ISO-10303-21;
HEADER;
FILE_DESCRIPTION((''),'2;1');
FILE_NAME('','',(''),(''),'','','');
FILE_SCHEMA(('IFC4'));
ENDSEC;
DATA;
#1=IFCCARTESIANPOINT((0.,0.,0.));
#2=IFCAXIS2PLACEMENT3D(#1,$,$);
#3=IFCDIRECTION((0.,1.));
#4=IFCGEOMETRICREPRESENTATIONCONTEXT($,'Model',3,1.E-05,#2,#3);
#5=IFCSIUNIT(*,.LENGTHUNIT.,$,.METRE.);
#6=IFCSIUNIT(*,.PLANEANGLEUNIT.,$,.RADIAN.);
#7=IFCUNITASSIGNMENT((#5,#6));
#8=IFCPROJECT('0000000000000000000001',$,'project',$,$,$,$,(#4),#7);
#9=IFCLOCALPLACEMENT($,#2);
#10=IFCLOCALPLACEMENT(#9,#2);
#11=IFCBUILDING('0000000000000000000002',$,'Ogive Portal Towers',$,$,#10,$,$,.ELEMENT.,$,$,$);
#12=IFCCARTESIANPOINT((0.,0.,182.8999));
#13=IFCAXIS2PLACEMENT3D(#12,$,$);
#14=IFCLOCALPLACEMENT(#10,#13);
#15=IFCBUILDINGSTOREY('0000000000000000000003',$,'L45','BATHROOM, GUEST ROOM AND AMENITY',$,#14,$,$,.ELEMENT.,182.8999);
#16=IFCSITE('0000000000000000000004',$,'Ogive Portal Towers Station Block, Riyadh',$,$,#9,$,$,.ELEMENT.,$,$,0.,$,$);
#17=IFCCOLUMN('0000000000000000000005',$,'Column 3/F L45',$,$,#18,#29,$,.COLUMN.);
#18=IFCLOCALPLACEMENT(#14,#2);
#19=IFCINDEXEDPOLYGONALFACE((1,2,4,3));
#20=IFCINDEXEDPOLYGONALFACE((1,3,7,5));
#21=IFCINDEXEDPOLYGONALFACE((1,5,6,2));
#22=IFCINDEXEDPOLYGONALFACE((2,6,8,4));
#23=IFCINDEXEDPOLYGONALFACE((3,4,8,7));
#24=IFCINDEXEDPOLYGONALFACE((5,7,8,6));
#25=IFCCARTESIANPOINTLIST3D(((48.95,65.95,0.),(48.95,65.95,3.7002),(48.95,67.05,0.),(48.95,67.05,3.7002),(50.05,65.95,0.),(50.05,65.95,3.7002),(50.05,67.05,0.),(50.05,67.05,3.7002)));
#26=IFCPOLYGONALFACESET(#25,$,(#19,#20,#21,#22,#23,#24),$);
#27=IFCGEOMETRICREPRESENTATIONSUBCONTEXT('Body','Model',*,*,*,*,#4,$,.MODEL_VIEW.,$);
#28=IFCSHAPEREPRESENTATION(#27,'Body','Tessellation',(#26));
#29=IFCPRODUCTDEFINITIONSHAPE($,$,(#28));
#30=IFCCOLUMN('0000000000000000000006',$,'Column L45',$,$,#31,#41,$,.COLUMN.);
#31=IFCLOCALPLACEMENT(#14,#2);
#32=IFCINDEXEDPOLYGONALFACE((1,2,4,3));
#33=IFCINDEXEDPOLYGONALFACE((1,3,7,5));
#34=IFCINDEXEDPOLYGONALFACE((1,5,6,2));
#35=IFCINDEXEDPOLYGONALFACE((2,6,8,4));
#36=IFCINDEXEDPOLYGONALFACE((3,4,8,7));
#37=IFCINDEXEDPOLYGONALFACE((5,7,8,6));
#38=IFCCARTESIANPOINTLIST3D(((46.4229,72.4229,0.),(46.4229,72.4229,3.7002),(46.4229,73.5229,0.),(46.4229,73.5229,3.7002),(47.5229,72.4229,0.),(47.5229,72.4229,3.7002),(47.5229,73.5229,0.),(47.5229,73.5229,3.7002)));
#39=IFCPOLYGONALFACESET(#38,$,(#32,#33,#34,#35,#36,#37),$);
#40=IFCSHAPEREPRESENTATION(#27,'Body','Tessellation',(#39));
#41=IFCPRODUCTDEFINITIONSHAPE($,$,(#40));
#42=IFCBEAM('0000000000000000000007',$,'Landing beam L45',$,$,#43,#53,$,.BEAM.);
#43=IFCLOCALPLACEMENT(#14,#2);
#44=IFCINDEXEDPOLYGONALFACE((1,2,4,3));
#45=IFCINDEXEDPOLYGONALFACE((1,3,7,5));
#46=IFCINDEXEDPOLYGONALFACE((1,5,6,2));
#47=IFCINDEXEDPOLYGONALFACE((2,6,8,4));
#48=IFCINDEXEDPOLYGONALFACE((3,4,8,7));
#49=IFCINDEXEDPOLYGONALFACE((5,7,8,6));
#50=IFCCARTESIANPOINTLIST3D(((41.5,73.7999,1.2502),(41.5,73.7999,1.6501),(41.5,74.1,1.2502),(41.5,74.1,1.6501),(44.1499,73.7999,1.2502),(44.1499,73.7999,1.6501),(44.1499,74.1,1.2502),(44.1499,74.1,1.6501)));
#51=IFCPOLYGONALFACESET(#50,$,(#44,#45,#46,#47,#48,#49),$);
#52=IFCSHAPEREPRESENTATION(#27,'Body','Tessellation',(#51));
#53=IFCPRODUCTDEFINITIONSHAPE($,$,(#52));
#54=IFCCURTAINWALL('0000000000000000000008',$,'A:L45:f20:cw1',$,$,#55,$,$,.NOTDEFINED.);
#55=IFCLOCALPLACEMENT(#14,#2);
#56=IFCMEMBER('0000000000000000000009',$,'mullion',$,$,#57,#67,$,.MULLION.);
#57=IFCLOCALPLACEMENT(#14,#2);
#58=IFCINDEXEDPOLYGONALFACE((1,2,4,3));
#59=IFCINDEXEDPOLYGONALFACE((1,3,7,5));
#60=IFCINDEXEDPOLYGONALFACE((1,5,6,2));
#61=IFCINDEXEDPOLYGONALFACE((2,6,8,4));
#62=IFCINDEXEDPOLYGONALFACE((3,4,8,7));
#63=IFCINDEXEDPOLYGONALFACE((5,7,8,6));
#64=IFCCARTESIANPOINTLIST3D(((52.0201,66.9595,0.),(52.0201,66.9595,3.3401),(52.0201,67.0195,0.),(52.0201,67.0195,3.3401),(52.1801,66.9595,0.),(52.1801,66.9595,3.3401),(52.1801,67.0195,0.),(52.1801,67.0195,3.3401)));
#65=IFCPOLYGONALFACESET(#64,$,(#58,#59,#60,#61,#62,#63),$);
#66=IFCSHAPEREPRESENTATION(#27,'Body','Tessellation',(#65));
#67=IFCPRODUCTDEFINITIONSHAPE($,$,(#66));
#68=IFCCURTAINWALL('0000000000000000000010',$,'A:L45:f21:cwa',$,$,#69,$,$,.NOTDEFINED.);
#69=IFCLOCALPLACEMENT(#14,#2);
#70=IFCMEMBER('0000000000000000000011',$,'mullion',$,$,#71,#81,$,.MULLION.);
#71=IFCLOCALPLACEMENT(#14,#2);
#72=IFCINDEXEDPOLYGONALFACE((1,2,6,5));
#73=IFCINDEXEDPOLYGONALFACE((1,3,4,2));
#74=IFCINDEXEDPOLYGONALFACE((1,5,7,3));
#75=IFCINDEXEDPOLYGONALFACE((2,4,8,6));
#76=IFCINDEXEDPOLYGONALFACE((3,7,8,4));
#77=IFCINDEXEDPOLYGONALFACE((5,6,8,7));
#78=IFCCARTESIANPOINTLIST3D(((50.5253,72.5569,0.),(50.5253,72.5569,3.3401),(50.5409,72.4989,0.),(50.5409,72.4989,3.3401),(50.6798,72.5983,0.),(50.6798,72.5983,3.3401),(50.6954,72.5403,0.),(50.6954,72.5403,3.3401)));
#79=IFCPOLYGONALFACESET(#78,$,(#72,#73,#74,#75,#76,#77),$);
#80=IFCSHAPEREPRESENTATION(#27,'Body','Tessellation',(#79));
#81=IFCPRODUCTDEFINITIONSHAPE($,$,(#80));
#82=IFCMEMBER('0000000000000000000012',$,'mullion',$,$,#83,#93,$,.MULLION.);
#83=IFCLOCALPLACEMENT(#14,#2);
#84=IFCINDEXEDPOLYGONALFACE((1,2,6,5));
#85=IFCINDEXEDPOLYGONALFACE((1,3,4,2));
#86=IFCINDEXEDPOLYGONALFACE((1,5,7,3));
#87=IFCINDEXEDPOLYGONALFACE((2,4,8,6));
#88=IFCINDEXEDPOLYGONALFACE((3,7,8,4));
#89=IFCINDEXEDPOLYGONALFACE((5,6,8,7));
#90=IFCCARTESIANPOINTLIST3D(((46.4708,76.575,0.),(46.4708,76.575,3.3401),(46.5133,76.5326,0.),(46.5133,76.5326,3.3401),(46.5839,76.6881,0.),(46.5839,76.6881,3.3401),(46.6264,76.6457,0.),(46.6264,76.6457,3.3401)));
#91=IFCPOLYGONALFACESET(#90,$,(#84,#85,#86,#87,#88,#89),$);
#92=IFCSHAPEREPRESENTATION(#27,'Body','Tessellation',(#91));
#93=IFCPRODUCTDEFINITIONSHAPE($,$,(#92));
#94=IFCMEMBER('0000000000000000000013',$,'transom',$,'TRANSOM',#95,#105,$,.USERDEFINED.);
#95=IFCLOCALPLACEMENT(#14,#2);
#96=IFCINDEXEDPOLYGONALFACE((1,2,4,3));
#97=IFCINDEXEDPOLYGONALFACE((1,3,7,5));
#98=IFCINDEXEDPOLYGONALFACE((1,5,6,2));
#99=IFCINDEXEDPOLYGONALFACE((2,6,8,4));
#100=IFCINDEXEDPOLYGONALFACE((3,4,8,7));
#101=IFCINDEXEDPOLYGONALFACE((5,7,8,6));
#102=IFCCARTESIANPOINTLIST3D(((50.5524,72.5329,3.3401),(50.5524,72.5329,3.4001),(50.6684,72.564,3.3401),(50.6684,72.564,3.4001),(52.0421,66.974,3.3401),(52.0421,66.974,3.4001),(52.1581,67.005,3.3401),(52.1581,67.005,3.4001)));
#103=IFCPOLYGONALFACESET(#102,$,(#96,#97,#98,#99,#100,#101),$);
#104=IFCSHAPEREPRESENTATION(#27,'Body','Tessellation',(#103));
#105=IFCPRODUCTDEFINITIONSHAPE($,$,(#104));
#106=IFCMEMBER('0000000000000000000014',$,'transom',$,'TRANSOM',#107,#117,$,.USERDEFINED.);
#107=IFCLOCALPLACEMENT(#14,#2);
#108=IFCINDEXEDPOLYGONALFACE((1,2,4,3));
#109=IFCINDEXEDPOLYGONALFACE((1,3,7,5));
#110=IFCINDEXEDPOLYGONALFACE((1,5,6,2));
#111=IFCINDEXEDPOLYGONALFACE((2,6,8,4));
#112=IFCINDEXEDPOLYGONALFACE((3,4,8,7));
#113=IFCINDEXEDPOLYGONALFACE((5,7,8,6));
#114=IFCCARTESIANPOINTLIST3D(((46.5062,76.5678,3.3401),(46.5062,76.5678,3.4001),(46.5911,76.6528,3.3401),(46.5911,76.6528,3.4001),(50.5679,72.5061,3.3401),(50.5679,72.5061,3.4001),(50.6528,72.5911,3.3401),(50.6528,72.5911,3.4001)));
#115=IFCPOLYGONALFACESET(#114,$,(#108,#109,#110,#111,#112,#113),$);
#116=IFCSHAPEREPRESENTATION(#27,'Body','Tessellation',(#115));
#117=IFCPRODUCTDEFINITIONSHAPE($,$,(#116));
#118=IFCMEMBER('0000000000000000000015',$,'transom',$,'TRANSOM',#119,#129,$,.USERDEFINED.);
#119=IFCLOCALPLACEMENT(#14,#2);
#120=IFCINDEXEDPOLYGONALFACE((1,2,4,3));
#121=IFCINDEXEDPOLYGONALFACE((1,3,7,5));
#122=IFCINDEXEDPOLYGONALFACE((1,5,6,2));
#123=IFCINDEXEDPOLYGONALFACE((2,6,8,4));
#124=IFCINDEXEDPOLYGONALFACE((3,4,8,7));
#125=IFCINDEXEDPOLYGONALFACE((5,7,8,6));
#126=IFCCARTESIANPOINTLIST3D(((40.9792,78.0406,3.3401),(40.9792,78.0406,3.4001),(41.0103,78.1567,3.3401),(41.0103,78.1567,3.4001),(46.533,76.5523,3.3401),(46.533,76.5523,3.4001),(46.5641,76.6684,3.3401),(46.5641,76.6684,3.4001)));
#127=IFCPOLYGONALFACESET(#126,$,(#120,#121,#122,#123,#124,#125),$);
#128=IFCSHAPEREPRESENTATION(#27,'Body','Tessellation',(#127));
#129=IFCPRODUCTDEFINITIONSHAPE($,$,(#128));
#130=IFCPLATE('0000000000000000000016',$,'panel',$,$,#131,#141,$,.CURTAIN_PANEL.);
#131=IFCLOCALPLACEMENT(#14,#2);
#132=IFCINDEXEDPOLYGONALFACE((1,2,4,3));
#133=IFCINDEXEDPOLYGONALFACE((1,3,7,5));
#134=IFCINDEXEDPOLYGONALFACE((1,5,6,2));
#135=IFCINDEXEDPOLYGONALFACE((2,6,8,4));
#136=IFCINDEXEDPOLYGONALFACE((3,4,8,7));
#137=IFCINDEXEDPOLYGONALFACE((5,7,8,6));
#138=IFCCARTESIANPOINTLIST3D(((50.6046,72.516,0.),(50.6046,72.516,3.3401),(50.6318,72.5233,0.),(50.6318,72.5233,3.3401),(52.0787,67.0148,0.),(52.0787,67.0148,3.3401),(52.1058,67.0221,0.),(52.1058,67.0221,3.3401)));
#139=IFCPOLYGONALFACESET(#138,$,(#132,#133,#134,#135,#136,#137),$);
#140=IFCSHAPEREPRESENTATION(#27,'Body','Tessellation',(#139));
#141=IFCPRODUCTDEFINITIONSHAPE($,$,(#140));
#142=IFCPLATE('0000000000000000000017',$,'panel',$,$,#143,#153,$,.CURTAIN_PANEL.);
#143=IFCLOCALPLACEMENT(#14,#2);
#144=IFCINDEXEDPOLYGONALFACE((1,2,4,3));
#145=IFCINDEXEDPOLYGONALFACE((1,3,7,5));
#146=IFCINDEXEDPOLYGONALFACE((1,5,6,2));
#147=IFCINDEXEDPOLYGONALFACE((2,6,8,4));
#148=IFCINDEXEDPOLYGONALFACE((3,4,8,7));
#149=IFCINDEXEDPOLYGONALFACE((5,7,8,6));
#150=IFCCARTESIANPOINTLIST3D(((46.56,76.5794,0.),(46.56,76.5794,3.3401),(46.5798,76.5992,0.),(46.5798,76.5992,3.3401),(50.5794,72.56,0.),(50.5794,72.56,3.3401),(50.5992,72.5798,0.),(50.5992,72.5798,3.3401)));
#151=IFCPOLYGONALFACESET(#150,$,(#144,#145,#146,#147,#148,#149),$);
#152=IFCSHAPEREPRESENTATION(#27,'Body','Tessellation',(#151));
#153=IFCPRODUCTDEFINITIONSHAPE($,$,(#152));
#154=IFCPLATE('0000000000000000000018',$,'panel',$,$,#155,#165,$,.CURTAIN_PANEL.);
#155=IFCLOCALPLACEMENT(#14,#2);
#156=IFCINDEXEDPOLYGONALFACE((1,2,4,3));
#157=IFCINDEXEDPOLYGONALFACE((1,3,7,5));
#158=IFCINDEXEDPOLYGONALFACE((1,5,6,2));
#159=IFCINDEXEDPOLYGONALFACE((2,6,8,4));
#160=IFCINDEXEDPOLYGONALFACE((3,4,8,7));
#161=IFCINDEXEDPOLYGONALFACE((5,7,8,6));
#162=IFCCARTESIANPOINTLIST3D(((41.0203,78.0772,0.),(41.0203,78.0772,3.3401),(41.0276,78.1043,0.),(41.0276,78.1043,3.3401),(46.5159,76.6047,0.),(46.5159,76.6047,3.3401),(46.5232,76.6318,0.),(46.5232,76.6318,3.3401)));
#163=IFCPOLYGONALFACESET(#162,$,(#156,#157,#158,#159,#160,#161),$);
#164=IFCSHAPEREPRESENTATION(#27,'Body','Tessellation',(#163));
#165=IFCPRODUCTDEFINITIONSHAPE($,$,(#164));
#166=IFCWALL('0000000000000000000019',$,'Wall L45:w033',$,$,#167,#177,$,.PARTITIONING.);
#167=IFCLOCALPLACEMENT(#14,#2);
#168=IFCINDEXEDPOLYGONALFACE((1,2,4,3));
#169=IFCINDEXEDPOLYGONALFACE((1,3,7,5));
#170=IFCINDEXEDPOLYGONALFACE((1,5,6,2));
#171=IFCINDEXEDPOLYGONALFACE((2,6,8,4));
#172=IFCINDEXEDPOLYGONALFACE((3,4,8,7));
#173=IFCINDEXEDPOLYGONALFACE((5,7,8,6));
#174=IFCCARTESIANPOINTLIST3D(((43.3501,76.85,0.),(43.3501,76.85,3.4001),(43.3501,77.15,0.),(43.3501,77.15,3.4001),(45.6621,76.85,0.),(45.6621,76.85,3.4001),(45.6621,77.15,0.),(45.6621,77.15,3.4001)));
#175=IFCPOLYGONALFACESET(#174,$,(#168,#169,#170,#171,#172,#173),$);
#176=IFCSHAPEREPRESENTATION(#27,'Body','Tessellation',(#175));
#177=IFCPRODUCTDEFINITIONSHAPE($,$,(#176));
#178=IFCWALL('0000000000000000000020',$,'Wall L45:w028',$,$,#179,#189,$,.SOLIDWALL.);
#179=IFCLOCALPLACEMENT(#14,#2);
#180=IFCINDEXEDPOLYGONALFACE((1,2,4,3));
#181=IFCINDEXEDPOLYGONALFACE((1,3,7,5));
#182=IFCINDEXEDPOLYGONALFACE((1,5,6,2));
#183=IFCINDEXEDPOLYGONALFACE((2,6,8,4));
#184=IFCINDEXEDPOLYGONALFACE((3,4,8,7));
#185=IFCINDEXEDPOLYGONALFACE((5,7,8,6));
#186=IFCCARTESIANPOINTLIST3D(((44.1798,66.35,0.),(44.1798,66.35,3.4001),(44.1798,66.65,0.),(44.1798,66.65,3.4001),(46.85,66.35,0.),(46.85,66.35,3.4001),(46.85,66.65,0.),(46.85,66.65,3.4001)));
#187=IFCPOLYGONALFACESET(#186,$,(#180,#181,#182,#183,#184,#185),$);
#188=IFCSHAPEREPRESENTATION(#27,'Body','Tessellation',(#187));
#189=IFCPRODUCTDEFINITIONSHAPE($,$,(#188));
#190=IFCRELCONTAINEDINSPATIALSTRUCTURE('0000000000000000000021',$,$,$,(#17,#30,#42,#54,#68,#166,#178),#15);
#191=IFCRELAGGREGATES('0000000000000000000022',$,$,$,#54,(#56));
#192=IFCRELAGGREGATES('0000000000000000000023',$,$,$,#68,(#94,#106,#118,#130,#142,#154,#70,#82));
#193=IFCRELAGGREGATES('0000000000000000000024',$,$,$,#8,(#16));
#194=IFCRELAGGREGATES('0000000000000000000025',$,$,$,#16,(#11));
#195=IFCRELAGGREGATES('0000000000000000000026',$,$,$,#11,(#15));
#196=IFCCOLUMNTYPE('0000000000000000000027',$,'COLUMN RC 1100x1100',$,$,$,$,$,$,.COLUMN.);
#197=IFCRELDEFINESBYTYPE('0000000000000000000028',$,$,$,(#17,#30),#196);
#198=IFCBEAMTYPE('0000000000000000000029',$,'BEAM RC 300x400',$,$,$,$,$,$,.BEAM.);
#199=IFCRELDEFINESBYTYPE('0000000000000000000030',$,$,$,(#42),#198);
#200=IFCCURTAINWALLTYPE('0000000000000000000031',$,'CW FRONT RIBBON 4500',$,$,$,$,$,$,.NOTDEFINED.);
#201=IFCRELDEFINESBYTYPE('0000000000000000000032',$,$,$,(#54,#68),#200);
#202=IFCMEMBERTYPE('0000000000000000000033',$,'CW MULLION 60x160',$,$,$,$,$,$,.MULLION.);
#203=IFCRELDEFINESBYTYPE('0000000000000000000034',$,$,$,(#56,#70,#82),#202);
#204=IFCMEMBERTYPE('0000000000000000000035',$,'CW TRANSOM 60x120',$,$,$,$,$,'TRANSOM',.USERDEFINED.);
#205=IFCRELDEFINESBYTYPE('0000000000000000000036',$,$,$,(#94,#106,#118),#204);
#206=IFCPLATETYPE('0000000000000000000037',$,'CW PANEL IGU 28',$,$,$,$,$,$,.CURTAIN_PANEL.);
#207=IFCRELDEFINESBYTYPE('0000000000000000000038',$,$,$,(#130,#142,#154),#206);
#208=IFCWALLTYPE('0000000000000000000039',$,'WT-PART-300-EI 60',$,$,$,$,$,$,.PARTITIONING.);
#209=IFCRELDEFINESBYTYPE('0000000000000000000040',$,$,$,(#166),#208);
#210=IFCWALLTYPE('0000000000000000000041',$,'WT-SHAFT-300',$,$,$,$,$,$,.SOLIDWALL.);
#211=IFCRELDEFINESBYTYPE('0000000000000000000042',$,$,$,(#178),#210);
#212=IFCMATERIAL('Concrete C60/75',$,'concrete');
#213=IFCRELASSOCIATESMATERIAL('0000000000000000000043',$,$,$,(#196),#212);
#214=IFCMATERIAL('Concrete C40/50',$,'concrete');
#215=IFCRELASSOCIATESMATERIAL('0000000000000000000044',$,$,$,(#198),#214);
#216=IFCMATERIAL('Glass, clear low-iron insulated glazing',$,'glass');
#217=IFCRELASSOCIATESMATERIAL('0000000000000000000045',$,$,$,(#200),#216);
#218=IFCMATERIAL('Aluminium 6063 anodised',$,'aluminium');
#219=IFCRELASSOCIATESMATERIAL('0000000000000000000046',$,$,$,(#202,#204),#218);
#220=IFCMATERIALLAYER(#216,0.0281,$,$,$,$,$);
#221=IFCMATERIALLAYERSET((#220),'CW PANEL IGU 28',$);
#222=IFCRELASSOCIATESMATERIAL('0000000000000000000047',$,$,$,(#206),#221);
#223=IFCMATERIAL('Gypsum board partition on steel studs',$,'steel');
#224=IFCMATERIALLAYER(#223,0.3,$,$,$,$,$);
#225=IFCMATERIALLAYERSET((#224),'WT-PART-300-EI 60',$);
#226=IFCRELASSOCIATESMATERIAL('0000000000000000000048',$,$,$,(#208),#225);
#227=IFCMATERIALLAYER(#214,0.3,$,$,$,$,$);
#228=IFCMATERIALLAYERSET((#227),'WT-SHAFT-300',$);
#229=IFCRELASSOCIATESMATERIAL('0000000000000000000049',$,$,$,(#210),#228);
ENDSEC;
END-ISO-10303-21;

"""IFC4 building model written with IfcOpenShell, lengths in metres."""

from ifc_helpers import new_model, si_unit, direction, frame, frame_2d, origin, origin_2d, place, context, subcontext, project, spatial, rectangle, extrude, material, layer, layer_set, material_profile, profile_set, type_object, element, aggregate, save


model = new_model("IFC4")

# Units and contexts
model_context = context("Model", 3, precision=1e-05, world=origin(), true_north=direction((0.0, 1.0)))
body_context = subcontext(model_context, "Body", "Model", "MODEL_VIEW")
ifc_project = project(units=[si_unit("LENGTHUNIT", "METRE"), si_unit("PLANEANGLEUNIT", "RADIAN")], contexts=[model_context])

# Site, building, storey
site_placement = place(None, origin())
site = spatial("IfcSite", under=ifc_project, at=site_placement, Name="Ogive Portal Towers Station Block, Riyadh", CompositionType="ELEMENT", RefElevation=0.0)
building_placement = place(site_placement, origin())
building = spatial("IfcBuilding", under=site, at=building_placement, Name="Ogive Portal Towers", CompositionType="ELEMENT")
storey_placement = place(building_placement, frame((0.0, 0.0, 182.8999)))
storey = spatial("IfcBuildingStorey", under=building, at=storey_placement, Name="L45", Description="BATHROOM, GUEST ROOM AND AMENITY", CompositionType="ELEMENT", Elevation=182.8999)

# Columns
ifc_material_1 = material(Name="Concrete C60/75", Category="concrete")
ifc_material_profile_1 = material_profile(ifc_material_1, rectangle(XDim=1.1001, YDim=1.1001, at=origin_2d()), Name="RC 1100x1100")
ifc_profile_set_1 = profile_set([ifc_material_profile_1], Name="Concrete C60/75")
column_type = type_object("IfcColumnType", Name="COLUMN RC 1100x1100", PredefinedType="COLUMN", material=ifc_profile_set_1)
for number, where, z_axis, x_axis, name in (
    (1, (49.5, 66.5, 0.0), (0.0, 0.0, 1.0), (1.0, 0.0, 0.0), "Column 3/F L45"),
    (2, (46.9729, 72.9729, 0.0), (0.0, 0.0, 1.0), (1.0, 0.0, 0.0), "Column L45"),
):
    element("IfcColumn", number, at=place(storey_placement, frame(where, z_axis=z_axis, x_axis=x_axis)), inside=storey, type_object=column_type, Name=name, PredefinedType="COLUMN", context=body_context, shape_type="SweptSolid", body=[
        extrude(rectangle(XDim=1.1001, YDim=1.1001, at=origin_2d()), origin(), (0.0, 0.0, 1.0), 3.7002),
    ])

# Beam
ifc_material_2 = material(Name="Concrete C40/50", Category="concrete")
ifc_material_profile_2 = material_profile(ifc_material_2, rectangle(XDim=0.3, YDim=0.3999, at=origin_2d()), Name="RC 300x400")
ifc_profile_set_2 = profile_set([ifc_material_profile_2], Name="Concrete C40/50")
beam_type = type_object("IfcBeamType", Name="BEAM RC 300x400", PredefinedType="BEAM", material=ifc_profile_set_2)
beam_placement = place(storey_placement, frame((41.5, 73.95, 1.4502), z_axis=(1.0, 0.0, 0.0), x_axis=(0.0, 1.0, 0.0)))
element("IfcBeam", 3, at=beam_placement, inside=storey, type_object=beam_type, Name="Landing beam L45", PredefinedType="BEAM", context=body_context, shape_type="SweptSolid", body=[
    extrude(rectangle(XDim=0.3, YDim=0.3999, at=origin_2d()), origin(), (0.0, 0.0, 1.0), 2.6499),
])

# Curtain wall, member
ifc_material_3 = material(Name="Glass, clear low-iron insulated glazing", Category="glass")
curtain_wall_type = type_object("IfcCurtainWallType", Name="CW FRONT RIBBON 4500", PredefinedType="NOTDEFINED", material=ifc_material_3)
curtain_wall_1_placement = place(storey_placement, origin())
curtain_wall_1 = element("IfcCurtainWall", 4, at=curtain_wall_1_placement, inside=storey, type_object=curtain_wall_type, Name="A:L45:f20:cw1", PredefinedType="NOTDEFINED")
ifc_material_4 = material(Name="Aluminium 6063 anodised", Category="aluminium")
ifc_material_profile_3 = material_profile(ifc_material_4, rectangle(XDim=0.1599, YDim=0.0601, at=origin_2d()), Name="AL 60x160")
ifc_profile_set_3 = profile_set([ifc_material_profile_3], Name="Aluminium 6063 anodised")
member_type_1 = type_object("IfcMemberType", Name="CW MULLION 60x160", PredefinedType="MULLION", material=ifc_profile_set_3)
member_1_placement = place(storey_placement, frame((52.1001, 66.9895, 0.0), z_axis=(0.0, 0.0, 1.0), x_axis=(-1.0, 0.0, 0.0)))
member_1 = element("IfcMember", 5, at=member_1_placement, type_object=member_type_1, Name="mullion", PredefinedType="MULLION", context=body_context, shape_type="SweptSolid", body=[
    extrude(rectangle(XDim=0.1599, YDim=0.0601, at=origin_2d()), origin(), (0.0, 0.0, 1.0), 3.3401),
])
aggregate(curtain_wall_1, [member_1])

# Curtain wall, members, plates
curtain_wall_2_placement = place(storey_placement, origin())
curtain_wall_2 = element("IfcCurtainWall", 6, at=curtain_wall_2_placement, inside=storey, type_object=curtain_wall_type, Name="A:L45:f21:cwa", PredefinedType="NOTDEFINED")
member_2_placement = place(storey_placement, frame((50.6104, 72.5486, 0.0), z_axis=(0.0, 0.0, 1.0), x_axis=(-0.965926, -0.258819, 0.0)))
member_2 = element("IfcMember", 7, at=member_2_placement, type_object=member_type_1, Name="mullion", PredefinedType="MULLION", context=body_context, shape_type="SweptSolid", body=[
    extrude(rectangle(XDim=0.1599, YDim=0.0601, at=origin_2d()), origin(), (0.0, 0.0, 1.0), 3.3401),
])
member_3_placement = place(storey_placement, frame((46.5486, 76.6104, 0.0), z_axis=(0.0, 0.0, 1.0), x_axis=(-0.707107, -0.707107, 0.0)))
member_3 = element("IfcMember", 8, at=member_3_placement, type_object=member_type_1, Name="mullion", PredefinedType="MULLION", context=body_context, shape_type="SweptSolid", body=[
    extrude(rectangle(XDim=0.1599, YDim=0.0601, at=origin_2d()), origin(), (0.0, 0.0, 1.0), 3.3401),
])
ifc_material_profile_4 = material_profile(ifc_material_4, rectangle(XDim=0.1201, YDim=0.0601, at=origin_2d()), Name="AL 120x60")
ifc_profile_set_4 = profile_set([ifc_material_profile_4], Name="Aluminium 6063 anodised")
member_type_2 = type_object("IfcMemberType", Name="CW TRANSOM 60x120", ElementType="TRANSOM", PredefinedType="USERDEFINED", material=ifc_profile_set_4)
member_4_placement = place(storey_placement, frame((52.1001, 66.9895, 3.3701), z_axis=(-0.258851, 0.965917, 0.0), x_axis=(-0.965917, -0.258851, 0.0)))
member_4 = element("IfcMember", 9, at=member_4_placement, type_object=member_type_2, Name="transom", ObjectType="TRANSOM", PredefinedType="USERDEFINED", context=body_context, shape_type="SweptSolid", body=[
    extrude(rectangle(XDim=0.1201, YDim=0.0601, at=origin_2d()), origin(), (0.0, 0.0, 1.0), 5.7551),
])
member_5_placement = place(storey_placement, frame((50.6104, 72.5486, 3.3701), z_axis=(-0.707107, 0.707107, 0.0), x_axis=(-0.707107, -0.707107, 0.0)))
member_5 = element("IfcMember", 10, at=member_5_placement, type_object=member_type_2, Name="transom", ObjectType="TRANSOM", PredefinedType="USERDEFINED", context=body_context, shape_type="SweptSolid", body=[
    extrude(rectangle(XDim=0.1201, YDim=0.0601, at=origin_2d()), origin(), (0.0, 0.0, 1.0), 5.7441),
])
member_6_placement = place(storey_placement, frame((46.5486, 76.6104, 3.3701), z_axis=(-0.965918, 0.258846, 0.0), x_axis=(-0.258846, -0.965918, 0.0)))
member_6 = element("IfcMember", 11, at=member_6_placement, type_object=member_type_2, Name="transom", ObjectType="TRANSOM", PredefinedType="USERDEFINED", context=body_context, shape_type="SweptSolid", body=[
    extrude(rectangle(XDim=0.1201, YDim=0.0601, at=origin_2d()), origin(), (0.0, 0.0, 1.0), 5.7498),
])
ifc_layer_1 = layer(ifc_material_3, 0.0281)
ifc_layer_set_1 = layer_set([ifc_layer_1], Name="CW PANEL IGU 28")
plate_type = type_object("IfcPlateType", Name="CW PANEL IGU 28", PredefinedType="CURTAIN_PANEL", material=ifc_layer_set_1)
plate_1_placement = place(storey_placement, frame((51.3552, 69.769, 0.0), z_axis=(0.0, 0.0, 1.0), x_axis=(-0.258819, 0.965926, 0.0)))
plate_1 = element("IfcPlate", 12, at=plate_1_placement, type_object=plate_type, Name="panel", PredefinedType="CURTAIN_PANEL", context=body_context, shape_type="SweptSolid", body=[
    extrude(rectangle(XDim=5.6953, YDim=0.0281, at=origin_2d()), origin(), (0.0, 0.0, 1.0), 3.3401),
])
plate_2_placement = place(storey_placement, frame((48.5796, 74.5796, 0.0), z_axis=(0.0, 0.0, 1.0), x_axis=(-0.707107, 0.707107, 0.0)))
plate_2 = element("IfcPlate", 13, at=plate_2_placement, type_object=plate_type, Name="panel", PredefinedType="CURTAIN_PANEL", context=body_context, shape_type="SweptSolid", body=[
    extrude(rectangle(XDim=5.6843, YDim=0.0281, at=origin_2d()), origin(), (0.0, 0.0, 1.0), 3.3401),
])
plate_3_placement = place(storey_placement, frame((43.7717, 77.3545, 0.0), z_axis=(0.0, 0.0, 1.0), x_axis=(-0.965926, 0.258819, 0.0)))
plate_3 = element("IfcPlate", 14, at=plate_3_placement, type_object=plate_type, Name="panel", PredefinedType="CURTAIN_PANEL", context=body_context, shape_type="SweptSolid", body=[
    extrude(rectangle(XDim=5.6895, YDim=0.0281, at=origin_2d()), origin(), (0.0, 0.0, 1.0), 3.3401),
])
aggregate(curtain_wall_2, [member_4, member_5, member_6, plate_1, plate_2, plate_3, member_2, member_3])

# Walls
ifc_material_5 = material(Name="Gypsum board partition on steel studs", Category="steel")
ifc_layer_2 = layer(ifc_material_5, 0.3)
ifc_layer_set_2 = layer_set([ifc_layer_2], Name="WT-PART-300-EI 60")
wall_type_1 = type_object("IfcWallType", Name="WT-PART-300-EI 60", PredefinedType="PARTITIONING", material=ifc_layer_set_2)
wall_1_placement = place(storey_placement, frame((43.3501, 77.0, 0.0), z_axis=(0.0, 0.0, 1.0), x_axis=(1.0, 0.0, 0.0)))
element("IfcWall", 15, at=wall_1_placement, inside=storey, type_object=wall_type_1, Name="Wall L45:w033", PredefinedType="PARTITIONING", context=body_context, shape_type="SweptSolid", body=[
    extrude(rectangle(XDim=2.312, YDim=0.3, at=frame_2d((1.156, 0.0))), origin(), (0.0, 0.0, 1.0), 3.4001),
])
ifc_layer_3 = layer(ifc_material_2, 0.3)
ifc_layer_set_3 = layer_set([ifc_layer_3], Name="WT-SHAFT-300")
wall_type_2 = type_object("IfcWallType", Name="WT-SHAFT-300", PredefinedType="SOLIDWALL", material=ifc_layer_set_3)
wall_2_placement = place(storey_placement, frame((44.1799, 66.5, 0.0), z_axis=(0.0, 0.0, 1.0), x_axis=(1.0, 0.0, 0.0)))
element("IfcWall", 16, at=wall_2_placement, inside=storey, type_object=wall_type_2, Name="Wall L45:w028", PredefinedType="SOLIDWALL", context=body_context, shape_type="SweptSolid", body=[
    extrude(rectangle(XDim=2.6702, YDim=0.3, at=frame_2d((1.335, 0.0))), origin(), (0.0, 0.0, 1.0), 3.4001),
])

save(model, "model.ifc")
